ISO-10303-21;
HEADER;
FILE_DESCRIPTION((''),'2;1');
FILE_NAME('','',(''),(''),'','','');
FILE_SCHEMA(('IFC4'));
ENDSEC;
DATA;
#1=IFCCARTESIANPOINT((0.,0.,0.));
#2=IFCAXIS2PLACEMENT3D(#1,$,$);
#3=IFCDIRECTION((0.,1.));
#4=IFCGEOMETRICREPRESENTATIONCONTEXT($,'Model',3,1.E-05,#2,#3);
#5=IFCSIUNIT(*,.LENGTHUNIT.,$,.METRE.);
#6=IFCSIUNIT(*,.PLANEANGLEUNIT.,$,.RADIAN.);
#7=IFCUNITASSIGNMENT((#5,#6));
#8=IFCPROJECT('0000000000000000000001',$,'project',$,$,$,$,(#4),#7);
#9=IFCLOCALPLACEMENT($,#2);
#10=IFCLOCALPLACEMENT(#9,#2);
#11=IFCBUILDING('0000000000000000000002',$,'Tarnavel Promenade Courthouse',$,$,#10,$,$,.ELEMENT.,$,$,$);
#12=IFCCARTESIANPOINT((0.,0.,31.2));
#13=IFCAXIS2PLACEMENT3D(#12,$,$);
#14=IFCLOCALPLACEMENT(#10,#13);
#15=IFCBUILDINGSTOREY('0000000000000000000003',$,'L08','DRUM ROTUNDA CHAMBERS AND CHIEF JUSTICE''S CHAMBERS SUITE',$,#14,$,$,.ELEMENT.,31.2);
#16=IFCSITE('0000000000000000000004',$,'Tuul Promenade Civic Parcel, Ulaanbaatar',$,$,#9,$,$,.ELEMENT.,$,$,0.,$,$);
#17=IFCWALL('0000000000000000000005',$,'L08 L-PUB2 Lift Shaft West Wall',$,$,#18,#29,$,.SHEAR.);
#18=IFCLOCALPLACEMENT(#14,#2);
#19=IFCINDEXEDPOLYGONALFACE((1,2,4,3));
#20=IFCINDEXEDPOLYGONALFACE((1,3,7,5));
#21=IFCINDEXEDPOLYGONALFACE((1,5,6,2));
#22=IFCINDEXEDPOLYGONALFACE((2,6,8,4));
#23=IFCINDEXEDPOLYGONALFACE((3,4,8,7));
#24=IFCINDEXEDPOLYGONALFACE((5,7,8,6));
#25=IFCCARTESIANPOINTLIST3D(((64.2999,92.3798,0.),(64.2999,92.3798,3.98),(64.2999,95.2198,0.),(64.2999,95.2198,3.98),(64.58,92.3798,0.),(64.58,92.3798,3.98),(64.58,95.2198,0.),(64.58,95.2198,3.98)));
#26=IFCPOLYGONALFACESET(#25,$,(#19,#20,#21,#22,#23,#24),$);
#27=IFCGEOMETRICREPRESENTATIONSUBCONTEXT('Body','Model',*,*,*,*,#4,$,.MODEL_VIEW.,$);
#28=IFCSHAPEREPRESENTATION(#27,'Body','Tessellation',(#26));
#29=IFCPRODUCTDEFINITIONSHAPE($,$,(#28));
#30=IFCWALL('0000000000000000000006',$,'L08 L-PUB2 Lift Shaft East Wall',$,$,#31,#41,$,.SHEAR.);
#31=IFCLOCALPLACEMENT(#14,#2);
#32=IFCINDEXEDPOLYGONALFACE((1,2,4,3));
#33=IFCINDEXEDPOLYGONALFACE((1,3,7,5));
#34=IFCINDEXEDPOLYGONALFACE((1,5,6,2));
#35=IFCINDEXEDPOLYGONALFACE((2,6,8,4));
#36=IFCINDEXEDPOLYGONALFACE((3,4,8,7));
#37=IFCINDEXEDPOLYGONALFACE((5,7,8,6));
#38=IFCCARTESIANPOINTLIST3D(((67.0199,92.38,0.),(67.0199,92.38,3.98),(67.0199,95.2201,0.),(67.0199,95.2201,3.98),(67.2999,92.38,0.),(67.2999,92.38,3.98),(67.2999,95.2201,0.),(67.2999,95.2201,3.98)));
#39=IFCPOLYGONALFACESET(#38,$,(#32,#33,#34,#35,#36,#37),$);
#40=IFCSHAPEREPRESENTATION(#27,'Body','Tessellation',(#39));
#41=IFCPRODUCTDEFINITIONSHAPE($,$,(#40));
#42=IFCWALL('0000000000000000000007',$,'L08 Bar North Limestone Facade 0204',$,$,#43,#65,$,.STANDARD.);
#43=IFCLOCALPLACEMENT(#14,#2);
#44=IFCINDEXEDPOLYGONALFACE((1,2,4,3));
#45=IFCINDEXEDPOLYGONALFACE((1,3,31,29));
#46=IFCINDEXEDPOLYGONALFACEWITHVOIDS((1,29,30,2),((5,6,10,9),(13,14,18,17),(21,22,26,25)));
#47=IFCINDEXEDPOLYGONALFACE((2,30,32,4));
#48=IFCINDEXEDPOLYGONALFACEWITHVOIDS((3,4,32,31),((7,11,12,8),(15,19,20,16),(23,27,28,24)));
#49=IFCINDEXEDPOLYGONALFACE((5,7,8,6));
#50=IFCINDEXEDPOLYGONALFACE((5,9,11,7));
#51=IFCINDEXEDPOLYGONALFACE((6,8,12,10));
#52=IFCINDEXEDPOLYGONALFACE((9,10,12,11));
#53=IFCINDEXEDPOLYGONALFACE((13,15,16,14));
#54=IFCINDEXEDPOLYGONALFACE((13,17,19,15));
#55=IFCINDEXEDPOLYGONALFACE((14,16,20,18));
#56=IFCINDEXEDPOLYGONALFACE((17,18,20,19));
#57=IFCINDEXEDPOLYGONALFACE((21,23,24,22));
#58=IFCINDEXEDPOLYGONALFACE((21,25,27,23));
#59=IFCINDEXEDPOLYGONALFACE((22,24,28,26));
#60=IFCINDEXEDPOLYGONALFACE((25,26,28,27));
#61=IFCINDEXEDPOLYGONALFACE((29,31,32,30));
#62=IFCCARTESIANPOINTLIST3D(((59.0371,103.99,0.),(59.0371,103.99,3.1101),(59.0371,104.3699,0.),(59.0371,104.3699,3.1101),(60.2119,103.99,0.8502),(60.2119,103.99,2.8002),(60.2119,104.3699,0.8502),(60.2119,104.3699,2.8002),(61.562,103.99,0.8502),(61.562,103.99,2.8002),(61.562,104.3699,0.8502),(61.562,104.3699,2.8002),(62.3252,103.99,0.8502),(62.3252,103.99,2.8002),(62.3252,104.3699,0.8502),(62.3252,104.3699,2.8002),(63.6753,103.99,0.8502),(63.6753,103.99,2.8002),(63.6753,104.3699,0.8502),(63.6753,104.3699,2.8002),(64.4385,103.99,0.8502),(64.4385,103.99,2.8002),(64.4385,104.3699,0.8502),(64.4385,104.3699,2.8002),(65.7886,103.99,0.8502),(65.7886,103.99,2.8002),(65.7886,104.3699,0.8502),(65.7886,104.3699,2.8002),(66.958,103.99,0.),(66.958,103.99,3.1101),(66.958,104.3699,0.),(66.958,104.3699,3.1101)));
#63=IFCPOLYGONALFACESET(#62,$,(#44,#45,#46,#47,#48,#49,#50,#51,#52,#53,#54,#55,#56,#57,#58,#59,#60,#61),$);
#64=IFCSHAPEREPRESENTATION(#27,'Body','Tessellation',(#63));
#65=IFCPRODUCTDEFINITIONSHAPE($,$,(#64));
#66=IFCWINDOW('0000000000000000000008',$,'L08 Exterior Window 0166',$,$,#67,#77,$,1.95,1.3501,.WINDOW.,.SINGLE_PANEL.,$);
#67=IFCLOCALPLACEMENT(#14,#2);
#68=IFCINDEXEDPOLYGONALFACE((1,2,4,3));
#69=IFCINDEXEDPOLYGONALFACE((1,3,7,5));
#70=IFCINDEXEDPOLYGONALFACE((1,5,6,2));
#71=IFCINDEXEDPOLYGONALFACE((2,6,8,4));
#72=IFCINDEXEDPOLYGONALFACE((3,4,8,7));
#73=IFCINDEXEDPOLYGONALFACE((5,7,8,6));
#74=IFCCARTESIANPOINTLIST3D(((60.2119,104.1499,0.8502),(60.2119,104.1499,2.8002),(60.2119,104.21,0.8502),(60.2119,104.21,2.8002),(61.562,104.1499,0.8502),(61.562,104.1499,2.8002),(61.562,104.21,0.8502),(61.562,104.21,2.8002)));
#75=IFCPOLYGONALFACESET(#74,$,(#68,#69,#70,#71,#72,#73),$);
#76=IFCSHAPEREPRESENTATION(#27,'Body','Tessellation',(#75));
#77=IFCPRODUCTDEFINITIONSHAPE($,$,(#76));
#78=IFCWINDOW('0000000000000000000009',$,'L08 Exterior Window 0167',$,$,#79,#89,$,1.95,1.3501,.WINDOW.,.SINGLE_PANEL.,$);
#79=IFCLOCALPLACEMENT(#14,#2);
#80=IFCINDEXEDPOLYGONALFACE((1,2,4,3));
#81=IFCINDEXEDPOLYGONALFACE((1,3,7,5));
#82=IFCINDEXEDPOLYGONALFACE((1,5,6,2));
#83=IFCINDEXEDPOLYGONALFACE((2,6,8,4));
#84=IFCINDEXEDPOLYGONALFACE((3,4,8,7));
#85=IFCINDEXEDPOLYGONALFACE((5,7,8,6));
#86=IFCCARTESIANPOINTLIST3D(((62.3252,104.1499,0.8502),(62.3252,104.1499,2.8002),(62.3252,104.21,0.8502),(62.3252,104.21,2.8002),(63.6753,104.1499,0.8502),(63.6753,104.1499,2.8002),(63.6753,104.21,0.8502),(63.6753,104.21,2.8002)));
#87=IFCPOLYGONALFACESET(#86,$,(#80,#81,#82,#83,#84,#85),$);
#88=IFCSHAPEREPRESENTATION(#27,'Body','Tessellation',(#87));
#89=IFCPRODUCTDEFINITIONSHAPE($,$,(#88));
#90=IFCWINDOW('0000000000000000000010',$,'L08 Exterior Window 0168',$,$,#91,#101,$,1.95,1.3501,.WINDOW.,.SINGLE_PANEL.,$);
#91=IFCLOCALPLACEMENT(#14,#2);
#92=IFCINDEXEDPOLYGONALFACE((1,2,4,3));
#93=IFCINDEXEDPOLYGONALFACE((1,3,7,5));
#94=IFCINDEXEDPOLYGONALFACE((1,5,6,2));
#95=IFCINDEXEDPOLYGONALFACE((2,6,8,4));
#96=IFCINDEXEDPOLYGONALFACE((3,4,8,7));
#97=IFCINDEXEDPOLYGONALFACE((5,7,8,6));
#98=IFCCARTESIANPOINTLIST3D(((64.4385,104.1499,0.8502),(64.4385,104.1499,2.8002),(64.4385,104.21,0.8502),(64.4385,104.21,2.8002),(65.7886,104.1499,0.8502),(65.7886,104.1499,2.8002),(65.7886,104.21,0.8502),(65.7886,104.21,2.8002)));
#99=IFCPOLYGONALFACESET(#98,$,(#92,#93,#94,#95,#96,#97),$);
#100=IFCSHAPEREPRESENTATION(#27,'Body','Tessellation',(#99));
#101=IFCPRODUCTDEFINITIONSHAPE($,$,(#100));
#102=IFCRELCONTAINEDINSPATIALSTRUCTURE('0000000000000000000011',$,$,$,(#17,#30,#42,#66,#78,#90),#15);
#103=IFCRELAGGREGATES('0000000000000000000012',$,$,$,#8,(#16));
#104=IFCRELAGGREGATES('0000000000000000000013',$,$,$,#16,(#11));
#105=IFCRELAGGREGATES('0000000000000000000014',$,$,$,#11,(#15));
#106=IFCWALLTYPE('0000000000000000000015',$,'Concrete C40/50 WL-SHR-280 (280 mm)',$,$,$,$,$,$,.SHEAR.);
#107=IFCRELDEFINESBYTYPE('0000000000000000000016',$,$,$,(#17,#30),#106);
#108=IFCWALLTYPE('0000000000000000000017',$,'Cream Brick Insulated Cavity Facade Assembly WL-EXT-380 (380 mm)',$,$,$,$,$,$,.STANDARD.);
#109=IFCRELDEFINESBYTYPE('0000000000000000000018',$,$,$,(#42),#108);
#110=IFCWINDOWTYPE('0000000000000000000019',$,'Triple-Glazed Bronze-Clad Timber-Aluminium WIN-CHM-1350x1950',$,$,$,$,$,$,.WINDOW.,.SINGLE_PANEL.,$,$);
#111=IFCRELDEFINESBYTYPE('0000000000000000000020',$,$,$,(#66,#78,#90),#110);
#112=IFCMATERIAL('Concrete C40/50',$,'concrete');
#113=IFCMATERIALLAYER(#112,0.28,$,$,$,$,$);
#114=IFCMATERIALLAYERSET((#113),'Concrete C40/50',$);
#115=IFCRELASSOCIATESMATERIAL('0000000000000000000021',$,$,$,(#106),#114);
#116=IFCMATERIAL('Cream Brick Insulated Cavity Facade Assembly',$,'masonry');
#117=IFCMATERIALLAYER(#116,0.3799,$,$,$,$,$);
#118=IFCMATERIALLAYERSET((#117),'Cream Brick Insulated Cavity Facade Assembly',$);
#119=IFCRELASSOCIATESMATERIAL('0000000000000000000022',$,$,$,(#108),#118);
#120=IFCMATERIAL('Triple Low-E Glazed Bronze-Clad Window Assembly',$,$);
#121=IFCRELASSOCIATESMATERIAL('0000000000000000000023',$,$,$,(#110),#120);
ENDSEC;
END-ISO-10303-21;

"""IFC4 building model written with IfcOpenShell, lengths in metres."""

from ifc_helpers import new_model, si_unit, direction, frame, frame_2d, origin, place, context, subcontext, project, spatial, rectangle, extrude, material, layer, layer_set, type_object, element, fill, save


model = new_model("IFC4")

# Units and contexts
model_context = context("Model", 3, precision=1e-05, world=origin(), true_north=direction((0.0, 1.0)))
body_context = subcontext(model_context, "Body", "Model", "MODEL_VIEW")
ifc_project = project(units=[si_unit("LENGTHUNIT", "METRE"), si_unit("PLANEANGLEUNIT", "RADIAN")], contexts=[model_context])

# Site, building, storey
site_placement = place(None, origin())
site = spatial("IfcSite", under=ifc_project, at=site_placement, Name="Tuul Promenade Civic Parcel, Ulaanbaatar", CompositionType="ELEMENT", RefElevation=0.0)
building_placement = place(site_placement, origin())
building = spatial("IfcBuilding", under=site, at=building_placement, Name="Tarnavel Promenade Courthouse", CompositionType="ELEMENT")
storey_placement = place(building_placement, frame((0.0, 0.0, 31.2)))
storey = spatial("IfcBuildingStorey", under=building, at=storey_placement, Name="L08", Description="DRUM ROTUNDA CHAMBERS AND CHIEF JUSTICE'S CHAMBERS SUITE", CompositionType="ELEMENT", Elevation=31.2)

# Shared definitions
ifc_material_1 = material(Name="Concrete C40/50", Category="concrete")

# Walls
ifc_layer_1 = layer(ifc_material_1, 0.28)
ifc_layer_set_1 = layer_set([ifc_layer_1], Name="Concrete C40/50")
wall_type_1 = type_object("IfcWallType", Name="Concrete C40/50 WL-SHR-280 (280 mm)", PredefinedType="SHEAR", material=ifc_layer_set_1)
for number, where, z_axis, x_axis, name in (
    (1, (64.4399, 92.3799, 0.0), (0.0, 0.0, 1.0), (0.0, 1.0, 0.0), "L08 L-PUB2 Lift Shaft West Wall"),
    (2, (67.1599, 95.22, 0.0), (0.0, 0.0, 1.0), (0.0, -1.0, 0.0), "L08 L-PUB2 Lift Shaft East Wall"),
):
    element("IfcWall", number, at=place(storey_placement, frame(where, z_axis=z_axis, x_axis=x_axis)), inside=storey, type_object=wall_type_1, Name=name, PredefinedType="SHEAR", context=body_context, shape_type="SweptSolid", body=[
        extrude(rectangle(XDim=2.8401, YDim=0.28, at=frame_2d((1.4199, 0.0))), origin(), (0.0, 0.0, 1.0), 3.98),
    ])

# Wall, openings, windows
ifc_material_2 = material(Name="Cream Brick Insulated Cavity Facade Assembly", Category="masonry")
ifc_layer_2 = layer(ifc_material_2, 0.3799)
ifc_layer_set_2 = layer_set([ifc_layer_2], Name="Cream Brick Insulated Cavity Facade Assembly")
wall_type_2 = type_object("IfcWallType", Name="Cream Brick Insulated Cavity Facade Assembly WL-EXT-380 (380 mm)", PredefinedType="STANDARD", material=ifc_layer_set_2)
wall_1_placement = place(storey_placement, frame((59.0371, 104.1799, 0.0), z_axis=(0.0, 0.0, 1.0), x_axis=(1.0, 0.0, 0.0)))
wall_1 = element("IfcWall", 3, at=wall_1_placement, inside=storey, type_object=wall_type_2, Name="L08 Bar North Limestone Facade 0204", PredefinedType="STANDARD", context=body_context, shape_type="SweptSolid", body=[
    extrude(rectangle(XDim=7.9209, YDim=0.3799, at=frame_2d((3.9604, 0.0))), origin(), (0.0, 0.0, 1.0), 3.1101),
])
opening_1_placement = place(wall_1_placement, frame((1.1748, 0.0, 0.8501)))
opening_1 = element("IfcOpeningElement", 4, at=opening_1_placement, cuts=wall_1, PredefinedType="OPENING", context=body_context, shape_type="SweptSolid", body=[
    extrude(rectangle(XDim=1.3501, YDim=1.95, at=frame_2d((0.675, 0.9751))), frame((0.0, 0.2, 0.0), z_axis=(0.0, -1.0, 0.0), x_axis=(1.0, 0.0, 0.0)), (0.0, 0.0, 1.0), 0.3999),
])
opening_2_placement = place(wall_1_placement, frame((3.2881, 0.0, 0.8501)))
opening_2 = element("IfcOpeningElement", 5, at=opening_2_placement, cuts=wall_1, PredefinedType="OPENING", context=body_context, shape_type="SweptSolid", body=[
    extrude(rectangle(XDim=1.3501, YDim=1.95, at=frame_2d((0.675, 0.9751))), frame((0.0, 0.2, 0.0), z_axis=(0.0, -1.0, 0.0), x_axis=(1.0, 0.0, 0.0)), (0.0, 0.0, 1.0), 0.3999),
])
opening_3_placement = place(wall_1_placement, frame((5.4014, 0.0, 0.8501)))
opening_3 = element("IfcOpeningElement", 6, at=opening_3_placement, cuts=wall_1, PredefinedType="OPENING", context=body_context, shape_type="SweptSolid", body=[
    extrude(rectangle(XDim=1.3501, YDim=1.95, at=frame_2d((0.675, 0.9751))), frame((0.0, 0.2, 0.0), z_axis=(0.0, -1.0, 0.0), x_axis=(1.0, 0.0, 0.0)), (0.0, 0.0, 1.0), 0.3999),
])
ifc_material_3 = material(Name="Triple Low-E Glazed Bronze-Clad Window Assembly")
window_type = type_object("IfcWindowType", Name="Triple-Glazed Bronze-Clad Timber-Aluminium WIN-CHM-1350x1950", PartitioningType="SINGLE_PANEL", PredefinedType="WINDOW", material=ifc_material_3)
window_1_placement = place(opening_1_placement, origin())
window_1 = element("IfcWindow", 7, at=window_1_placement, inside=storey, type_object=window_type, Name="L08 Exterior Window 0166", OverallHeight=1.95, OverallWidth=1.3501, PartitioningType="SINGLE_PANEL", PredefinedType="WINDOW", context=body_context, shape_type="SweptSolid", body=[
    extrude(rectangle(XDim=1.3501, YDim=1.95, at=frame_2d((0.675, 0.9751))), frame((0.0, 0.03, 0.0), z_axis=(0.0, -1.0, 0.0), x_axis=(1.0, 0.0, 0.0)), (0.0, 0.0, 1.0), 0.0601),
])
fill(opening_1, window_1)
window_2_placement = place(opening_2_placement, origin())
window_2 = element("IfcWindow", 8, at=window_2_placement, inside=storey, type_object=window_type, Name="L08 Exterior Window 0167", OverallHeight=1.95, OverallWidth=1.3501, PartitioningType="SINGLE_PANEL", PredefinedType="WINDOW", context=body_context, shape_type="SweptSolid", body=[
    extrude(rectangle(XDim=1.3501, YDim=1.95, at=frame_2d((0.675, 0.9751))), frame((0.0, 0.03, 0.0), z_axis=(0.0, -1.0, 0.0), x_axis=(1.0, 0.0, 0.0)), (0.0, 0.0, 1.0), 0.0601),
])
fill(opening_2, window_2)
window_3_placement = place(opening_3_placement, origin())
window_3 = element("IfcWindow", 9, at=window_3_placement, inside=storey, type_object=window_type, Name="L08 Exterior Window 0168", OverallHeight=1.95, OverallWidth=1.3501, PartitioningType="SINGLE_PANEL", PredefinedType="WINDOW", context=body_context, shape_type="SweptSolid", body=[
    extrude(rectangle(XDim=1.3501, YDim=1.95, at=frame_2d((0.675, 0.9751))), frame((0.0, 0.03, 0.0), z_axis=(0.0, -1.0, 0.0), x_axis=(1.0, 0.0, 0.0)), (0.0, 0.0, 1.0), 0.0601),
])
fill(opening_3, window_3)

save(model, "model.ifc")
